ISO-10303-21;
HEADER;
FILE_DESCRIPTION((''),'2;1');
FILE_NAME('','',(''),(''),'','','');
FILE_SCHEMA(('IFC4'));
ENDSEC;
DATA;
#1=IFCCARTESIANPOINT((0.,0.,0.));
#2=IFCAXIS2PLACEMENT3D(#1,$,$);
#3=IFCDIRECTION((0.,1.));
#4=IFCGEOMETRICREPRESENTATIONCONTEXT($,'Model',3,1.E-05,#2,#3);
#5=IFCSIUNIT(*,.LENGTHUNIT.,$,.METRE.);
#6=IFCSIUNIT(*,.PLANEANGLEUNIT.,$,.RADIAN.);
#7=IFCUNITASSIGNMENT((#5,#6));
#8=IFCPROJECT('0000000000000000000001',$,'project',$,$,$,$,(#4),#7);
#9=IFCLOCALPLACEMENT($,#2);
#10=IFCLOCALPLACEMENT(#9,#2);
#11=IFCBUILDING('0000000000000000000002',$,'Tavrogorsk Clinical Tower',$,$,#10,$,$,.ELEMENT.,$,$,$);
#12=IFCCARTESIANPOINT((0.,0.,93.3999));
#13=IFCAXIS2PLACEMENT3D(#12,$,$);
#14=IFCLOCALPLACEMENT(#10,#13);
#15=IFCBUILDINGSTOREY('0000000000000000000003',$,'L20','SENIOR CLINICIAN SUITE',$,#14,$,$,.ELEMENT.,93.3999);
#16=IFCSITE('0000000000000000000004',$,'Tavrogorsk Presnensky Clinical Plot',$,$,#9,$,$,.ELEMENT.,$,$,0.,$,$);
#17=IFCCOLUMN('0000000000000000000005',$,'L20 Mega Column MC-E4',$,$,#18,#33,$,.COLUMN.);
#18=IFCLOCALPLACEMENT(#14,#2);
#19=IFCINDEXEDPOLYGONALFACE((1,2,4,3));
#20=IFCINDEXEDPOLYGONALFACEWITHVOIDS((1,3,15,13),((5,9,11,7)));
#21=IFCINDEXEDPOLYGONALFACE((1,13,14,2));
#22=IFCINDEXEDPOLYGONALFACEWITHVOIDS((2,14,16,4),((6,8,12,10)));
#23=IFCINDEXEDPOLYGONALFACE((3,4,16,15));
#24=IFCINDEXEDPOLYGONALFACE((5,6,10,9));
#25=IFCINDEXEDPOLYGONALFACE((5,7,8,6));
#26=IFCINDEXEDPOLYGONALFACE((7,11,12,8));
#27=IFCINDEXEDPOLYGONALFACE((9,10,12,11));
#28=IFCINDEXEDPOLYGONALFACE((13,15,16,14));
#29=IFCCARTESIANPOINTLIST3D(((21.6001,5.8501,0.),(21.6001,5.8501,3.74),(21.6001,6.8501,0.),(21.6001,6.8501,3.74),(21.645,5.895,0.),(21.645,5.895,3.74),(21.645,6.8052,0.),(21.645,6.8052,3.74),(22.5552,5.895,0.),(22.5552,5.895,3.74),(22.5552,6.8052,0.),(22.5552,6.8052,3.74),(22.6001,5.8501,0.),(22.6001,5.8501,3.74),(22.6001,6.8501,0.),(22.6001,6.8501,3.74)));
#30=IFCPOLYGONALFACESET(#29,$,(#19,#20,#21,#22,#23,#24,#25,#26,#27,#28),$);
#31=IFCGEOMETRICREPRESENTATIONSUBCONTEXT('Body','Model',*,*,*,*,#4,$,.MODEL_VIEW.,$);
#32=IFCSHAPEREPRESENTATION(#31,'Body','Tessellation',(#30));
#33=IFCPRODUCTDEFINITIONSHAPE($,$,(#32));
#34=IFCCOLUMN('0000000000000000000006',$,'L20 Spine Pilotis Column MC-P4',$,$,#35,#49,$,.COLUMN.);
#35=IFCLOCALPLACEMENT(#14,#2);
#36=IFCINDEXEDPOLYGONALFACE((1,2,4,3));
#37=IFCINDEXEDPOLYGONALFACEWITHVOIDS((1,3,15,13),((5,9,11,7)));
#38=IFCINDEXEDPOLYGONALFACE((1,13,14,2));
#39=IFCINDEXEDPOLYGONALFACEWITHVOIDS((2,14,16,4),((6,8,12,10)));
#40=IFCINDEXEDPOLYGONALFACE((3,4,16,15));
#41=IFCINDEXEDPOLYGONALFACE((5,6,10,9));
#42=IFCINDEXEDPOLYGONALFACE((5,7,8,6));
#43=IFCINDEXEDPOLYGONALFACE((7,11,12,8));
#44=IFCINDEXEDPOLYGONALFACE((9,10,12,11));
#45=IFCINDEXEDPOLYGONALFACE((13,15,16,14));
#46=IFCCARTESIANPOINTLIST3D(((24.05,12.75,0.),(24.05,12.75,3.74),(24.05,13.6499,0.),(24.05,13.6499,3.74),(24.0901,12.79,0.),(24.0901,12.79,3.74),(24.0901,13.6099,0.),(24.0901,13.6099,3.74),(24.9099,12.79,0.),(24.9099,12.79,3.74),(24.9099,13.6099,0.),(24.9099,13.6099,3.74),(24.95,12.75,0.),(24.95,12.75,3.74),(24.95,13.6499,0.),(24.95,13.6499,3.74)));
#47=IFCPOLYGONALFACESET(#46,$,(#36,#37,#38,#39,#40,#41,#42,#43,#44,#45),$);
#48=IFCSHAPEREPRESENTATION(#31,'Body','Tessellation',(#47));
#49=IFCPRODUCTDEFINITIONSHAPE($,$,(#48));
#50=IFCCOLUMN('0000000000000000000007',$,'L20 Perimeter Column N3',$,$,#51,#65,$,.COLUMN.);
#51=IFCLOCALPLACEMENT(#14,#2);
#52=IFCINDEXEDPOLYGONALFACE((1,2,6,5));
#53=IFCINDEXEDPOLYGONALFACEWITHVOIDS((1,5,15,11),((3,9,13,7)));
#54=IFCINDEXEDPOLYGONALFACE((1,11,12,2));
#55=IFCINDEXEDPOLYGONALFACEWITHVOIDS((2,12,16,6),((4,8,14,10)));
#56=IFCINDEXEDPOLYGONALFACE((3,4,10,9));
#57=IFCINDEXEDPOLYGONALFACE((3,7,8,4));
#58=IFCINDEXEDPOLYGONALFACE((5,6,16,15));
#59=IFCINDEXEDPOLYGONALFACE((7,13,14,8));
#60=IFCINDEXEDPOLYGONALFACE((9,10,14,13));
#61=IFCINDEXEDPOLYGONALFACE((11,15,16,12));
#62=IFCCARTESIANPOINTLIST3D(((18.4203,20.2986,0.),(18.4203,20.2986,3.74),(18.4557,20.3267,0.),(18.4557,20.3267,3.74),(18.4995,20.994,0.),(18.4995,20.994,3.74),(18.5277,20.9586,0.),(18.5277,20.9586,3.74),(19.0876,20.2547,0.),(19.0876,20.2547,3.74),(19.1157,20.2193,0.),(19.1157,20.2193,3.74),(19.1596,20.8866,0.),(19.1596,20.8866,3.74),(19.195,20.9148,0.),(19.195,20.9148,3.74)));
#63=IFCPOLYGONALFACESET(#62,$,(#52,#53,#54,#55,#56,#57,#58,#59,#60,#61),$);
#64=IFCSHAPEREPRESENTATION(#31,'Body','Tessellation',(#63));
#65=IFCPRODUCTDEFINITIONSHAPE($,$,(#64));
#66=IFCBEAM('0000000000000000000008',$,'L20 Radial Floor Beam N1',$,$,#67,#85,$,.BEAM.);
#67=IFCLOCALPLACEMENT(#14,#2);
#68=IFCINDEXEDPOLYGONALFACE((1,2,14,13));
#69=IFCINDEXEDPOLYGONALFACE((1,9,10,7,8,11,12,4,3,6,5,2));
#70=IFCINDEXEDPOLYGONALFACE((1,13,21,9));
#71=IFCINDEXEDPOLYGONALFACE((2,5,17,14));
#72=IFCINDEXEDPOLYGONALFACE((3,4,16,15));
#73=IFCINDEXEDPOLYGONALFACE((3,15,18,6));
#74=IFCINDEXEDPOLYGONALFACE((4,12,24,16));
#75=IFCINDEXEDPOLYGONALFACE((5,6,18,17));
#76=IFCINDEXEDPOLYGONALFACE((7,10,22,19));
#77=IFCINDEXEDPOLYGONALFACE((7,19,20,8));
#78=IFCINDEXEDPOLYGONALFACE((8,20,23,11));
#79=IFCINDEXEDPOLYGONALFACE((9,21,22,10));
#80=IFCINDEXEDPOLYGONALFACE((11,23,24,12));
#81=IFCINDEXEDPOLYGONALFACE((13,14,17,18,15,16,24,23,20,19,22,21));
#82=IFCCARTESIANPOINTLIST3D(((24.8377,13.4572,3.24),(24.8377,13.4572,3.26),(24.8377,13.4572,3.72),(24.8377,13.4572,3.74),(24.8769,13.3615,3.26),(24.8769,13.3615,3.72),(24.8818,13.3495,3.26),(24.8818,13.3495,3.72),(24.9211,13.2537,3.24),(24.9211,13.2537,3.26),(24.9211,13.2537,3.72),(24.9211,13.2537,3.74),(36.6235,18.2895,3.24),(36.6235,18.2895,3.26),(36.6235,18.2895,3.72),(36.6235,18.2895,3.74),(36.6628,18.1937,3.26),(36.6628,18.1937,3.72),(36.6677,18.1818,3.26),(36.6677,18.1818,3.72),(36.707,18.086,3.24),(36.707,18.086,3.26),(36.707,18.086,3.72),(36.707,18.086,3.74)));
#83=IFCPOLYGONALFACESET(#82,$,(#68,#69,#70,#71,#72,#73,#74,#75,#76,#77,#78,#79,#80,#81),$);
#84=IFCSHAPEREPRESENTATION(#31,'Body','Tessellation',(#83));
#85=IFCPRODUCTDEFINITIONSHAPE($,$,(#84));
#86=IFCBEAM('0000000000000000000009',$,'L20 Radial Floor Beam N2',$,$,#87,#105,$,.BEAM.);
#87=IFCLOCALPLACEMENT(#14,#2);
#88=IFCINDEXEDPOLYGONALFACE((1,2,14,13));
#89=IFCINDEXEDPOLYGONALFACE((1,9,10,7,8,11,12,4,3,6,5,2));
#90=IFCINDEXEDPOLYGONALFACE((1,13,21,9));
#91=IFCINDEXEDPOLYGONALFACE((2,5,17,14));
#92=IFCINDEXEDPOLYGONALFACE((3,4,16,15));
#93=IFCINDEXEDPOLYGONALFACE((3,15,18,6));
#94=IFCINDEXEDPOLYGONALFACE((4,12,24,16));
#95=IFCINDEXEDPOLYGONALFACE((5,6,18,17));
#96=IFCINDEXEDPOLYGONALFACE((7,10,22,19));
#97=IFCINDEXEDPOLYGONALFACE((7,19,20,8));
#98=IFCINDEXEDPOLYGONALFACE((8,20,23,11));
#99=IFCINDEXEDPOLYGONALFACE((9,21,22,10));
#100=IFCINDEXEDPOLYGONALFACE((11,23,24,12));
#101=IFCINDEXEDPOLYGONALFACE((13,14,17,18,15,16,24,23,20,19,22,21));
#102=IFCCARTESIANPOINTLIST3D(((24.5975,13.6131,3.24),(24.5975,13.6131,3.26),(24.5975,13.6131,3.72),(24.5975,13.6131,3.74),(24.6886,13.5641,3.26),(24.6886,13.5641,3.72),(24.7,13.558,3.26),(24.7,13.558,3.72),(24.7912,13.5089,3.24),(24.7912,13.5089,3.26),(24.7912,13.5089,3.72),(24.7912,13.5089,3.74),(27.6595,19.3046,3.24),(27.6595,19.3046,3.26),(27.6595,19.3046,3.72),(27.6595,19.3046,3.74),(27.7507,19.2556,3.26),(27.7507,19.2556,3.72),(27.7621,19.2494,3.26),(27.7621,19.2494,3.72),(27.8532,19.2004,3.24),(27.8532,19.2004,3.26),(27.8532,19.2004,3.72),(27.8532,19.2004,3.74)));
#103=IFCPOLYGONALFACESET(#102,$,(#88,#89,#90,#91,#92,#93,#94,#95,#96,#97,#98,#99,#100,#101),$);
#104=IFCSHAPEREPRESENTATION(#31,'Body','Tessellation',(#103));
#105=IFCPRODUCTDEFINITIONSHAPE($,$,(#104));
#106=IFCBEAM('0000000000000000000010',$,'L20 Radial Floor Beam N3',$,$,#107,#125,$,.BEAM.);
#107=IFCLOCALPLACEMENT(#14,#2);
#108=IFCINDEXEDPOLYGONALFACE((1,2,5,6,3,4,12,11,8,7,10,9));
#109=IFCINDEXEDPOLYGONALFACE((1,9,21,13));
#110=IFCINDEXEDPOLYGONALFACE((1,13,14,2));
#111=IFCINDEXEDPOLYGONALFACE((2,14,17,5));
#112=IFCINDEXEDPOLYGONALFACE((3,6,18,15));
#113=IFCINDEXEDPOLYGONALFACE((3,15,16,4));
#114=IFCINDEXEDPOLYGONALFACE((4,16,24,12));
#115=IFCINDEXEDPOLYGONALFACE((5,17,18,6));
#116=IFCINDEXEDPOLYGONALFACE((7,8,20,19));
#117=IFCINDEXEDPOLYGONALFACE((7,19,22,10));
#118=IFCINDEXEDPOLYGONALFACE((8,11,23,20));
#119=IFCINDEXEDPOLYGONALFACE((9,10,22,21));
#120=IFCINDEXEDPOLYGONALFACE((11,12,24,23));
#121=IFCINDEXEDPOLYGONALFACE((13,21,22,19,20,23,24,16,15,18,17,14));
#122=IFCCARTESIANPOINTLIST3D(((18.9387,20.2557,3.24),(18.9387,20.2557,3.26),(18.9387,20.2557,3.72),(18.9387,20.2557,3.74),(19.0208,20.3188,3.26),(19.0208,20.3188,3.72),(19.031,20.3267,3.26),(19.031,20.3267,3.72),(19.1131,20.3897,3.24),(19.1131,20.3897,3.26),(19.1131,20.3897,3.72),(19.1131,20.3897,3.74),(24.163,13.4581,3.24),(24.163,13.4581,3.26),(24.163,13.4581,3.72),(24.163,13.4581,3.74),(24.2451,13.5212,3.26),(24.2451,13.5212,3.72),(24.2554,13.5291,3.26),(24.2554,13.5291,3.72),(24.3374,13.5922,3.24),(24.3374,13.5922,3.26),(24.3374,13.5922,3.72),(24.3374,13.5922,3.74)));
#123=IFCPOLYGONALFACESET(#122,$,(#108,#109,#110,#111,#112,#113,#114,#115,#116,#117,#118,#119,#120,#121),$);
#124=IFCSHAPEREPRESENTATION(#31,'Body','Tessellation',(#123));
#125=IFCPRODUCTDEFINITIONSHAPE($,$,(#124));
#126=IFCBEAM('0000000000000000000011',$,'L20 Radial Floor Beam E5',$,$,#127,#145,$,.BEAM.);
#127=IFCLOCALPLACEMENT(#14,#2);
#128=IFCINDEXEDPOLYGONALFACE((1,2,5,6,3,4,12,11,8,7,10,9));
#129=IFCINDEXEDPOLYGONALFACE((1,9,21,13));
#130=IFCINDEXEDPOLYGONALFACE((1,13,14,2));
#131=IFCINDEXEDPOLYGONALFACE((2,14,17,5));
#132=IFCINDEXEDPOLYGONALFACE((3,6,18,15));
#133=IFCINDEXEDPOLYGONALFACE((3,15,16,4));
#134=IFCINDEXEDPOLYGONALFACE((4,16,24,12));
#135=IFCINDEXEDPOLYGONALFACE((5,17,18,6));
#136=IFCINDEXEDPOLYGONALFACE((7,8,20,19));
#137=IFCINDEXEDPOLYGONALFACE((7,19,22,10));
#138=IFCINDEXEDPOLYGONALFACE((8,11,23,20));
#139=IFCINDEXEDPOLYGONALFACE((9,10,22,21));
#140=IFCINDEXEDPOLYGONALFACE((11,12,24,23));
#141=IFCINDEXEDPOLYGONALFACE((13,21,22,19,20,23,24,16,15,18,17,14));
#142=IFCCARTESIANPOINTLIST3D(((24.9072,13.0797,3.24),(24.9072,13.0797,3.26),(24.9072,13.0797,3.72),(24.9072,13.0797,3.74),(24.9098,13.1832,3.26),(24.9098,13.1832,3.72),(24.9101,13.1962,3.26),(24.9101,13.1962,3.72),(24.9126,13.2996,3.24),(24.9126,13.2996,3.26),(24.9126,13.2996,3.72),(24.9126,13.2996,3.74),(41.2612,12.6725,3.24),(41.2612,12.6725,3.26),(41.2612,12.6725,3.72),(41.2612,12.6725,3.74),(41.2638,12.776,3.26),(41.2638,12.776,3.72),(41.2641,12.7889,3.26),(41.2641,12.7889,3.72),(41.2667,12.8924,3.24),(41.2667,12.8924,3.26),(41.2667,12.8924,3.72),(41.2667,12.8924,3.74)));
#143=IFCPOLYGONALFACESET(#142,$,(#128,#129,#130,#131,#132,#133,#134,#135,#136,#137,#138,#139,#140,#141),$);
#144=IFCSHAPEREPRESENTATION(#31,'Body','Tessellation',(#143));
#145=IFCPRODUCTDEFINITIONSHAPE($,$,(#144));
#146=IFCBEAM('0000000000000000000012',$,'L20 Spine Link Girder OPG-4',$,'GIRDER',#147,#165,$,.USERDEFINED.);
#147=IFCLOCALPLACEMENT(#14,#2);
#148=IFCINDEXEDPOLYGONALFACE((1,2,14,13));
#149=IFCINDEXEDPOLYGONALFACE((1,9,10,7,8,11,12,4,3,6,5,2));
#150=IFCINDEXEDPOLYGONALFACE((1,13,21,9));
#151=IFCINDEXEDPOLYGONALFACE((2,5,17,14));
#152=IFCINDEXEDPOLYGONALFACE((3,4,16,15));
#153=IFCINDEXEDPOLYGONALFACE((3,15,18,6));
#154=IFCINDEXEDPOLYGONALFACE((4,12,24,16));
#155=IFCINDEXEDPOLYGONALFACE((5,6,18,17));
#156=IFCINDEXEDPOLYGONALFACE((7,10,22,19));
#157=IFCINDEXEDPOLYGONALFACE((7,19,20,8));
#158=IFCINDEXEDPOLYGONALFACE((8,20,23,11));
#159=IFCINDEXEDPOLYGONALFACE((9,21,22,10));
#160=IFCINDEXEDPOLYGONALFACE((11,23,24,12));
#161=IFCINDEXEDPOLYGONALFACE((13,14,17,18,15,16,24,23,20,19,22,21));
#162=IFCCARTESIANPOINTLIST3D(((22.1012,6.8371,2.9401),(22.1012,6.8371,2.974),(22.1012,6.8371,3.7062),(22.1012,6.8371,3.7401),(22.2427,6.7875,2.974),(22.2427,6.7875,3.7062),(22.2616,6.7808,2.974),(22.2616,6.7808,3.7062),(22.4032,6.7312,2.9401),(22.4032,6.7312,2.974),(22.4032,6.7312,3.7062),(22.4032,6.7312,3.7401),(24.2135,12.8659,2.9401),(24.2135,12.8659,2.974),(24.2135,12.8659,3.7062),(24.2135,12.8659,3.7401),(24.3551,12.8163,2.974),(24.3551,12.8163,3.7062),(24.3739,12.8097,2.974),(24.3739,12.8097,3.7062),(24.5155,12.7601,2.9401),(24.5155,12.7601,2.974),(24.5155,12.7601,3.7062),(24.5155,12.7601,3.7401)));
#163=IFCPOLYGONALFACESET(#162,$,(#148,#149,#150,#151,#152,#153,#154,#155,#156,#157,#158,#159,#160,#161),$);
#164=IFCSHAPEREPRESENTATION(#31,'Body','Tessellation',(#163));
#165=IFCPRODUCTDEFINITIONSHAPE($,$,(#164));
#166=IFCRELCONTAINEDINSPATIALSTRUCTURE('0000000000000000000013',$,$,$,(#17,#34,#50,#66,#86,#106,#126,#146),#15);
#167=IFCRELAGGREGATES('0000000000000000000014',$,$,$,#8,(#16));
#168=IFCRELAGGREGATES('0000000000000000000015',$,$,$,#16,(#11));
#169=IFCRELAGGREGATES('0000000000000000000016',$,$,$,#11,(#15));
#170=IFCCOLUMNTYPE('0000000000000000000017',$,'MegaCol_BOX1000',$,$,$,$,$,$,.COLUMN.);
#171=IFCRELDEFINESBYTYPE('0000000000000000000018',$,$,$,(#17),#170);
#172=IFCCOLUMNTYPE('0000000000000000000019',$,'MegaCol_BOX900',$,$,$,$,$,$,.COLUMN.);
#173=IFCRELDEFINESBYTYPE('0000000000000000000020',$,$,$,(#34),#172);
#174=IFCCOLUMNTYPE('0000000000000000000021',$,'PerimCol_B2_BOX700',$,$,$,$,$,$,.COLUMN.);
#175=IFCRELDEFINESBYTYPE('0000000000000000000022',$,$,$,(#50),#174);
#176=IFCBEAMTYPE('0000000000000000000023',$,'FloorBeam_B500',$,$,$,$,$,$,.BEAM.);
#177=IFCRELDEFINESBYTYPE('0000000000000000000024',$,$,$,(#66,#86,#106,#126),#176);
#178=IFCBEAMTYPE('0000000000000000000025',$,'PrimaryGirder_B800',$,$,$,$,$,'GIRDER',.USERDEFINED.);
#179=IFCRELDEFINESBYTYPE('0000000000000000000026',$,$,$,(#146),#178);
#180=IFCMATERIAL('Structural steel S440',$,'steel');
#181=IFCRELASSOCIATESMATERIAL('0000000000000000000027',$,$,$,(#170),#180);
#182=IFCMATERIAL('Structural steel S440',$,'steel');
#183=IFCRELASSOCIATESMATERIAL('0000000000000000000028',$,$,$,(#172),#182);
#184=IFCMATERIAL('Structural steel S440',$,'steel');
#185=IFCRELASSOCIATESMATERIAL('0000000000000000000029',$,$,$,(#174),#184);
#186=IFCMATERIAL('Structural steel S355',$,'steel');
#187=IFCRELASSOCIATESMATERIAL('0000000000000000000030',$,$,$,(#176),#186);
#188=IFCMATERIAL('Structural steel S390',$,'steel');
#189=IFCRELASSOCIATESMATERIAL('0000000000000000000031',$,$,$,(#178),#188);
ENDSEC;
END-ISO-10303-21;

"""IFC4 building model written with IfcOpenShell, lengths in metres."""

from ifc_helpers import new_model, si_unit, direction, frame, origin, origin_2d, place, context, subcontext, project, spatial, hollow_rectangle, i_section, extrude, material, material_profile, profile_set, type_object, element, save


model = new_model("IFC4")

# Units and contexts
model_context = context("Model", 3, precision=1e-05, world=origin(), true_north=direction((0.0, 1.0)))
body_context = subcontext(model_context, "Body", "Model", "MODEL_VIEW")
ifc_project = project(units=[si_unit("LENGTHUNIT", "METRE"), si_unit("PLANEANGLEUNIT", "RADIAN")], contexts=[model_context])

# Site, building, storey
site_placement = place(None, origin())
site = spatial("IfcSite", under=ifc_project, at=site_placement, Name="Tavrogorsk Presnensky Clinical Plot", CompositionType="ELEMENT", RefElevation=0.0)
building_placement = place(site_placement, origin())
building = spatial("IfcBuilding", under=site, at=building_placement, Name="Tavrogorsk Clinical Tower", CompositionType="ELEMENT")
storey_placement = place(building_placement, frame((0.0, 0.0, 93.3999)))
storey = spatial("IfcBuildingStorey", under=building, at=storey_placement, Name="L20", Description="SENIOR CLINICIAN SUITE", CompositionType="ELEMENT", Elevation=93.3999)

# Columns
ifc_material_1 = material(Name="Structural steel S440", Category="steel")
ifc_material_profile_1 = material_profile(ifc_material_1, hollow_rectangle(XDim=1.0, YDim=1.0, WallThickness=0.0449, at=origin_2d()), Name="BOX-1000x1000x45")
ifc_profile_set_1 = profile_set([ifc_material_profile_1], Name="Structural steel S440")
column_type_1 = type_object("IfcColumnType", Name="MegaCol_BOX1000", PredefinedType="COLUMN", material=ifc_profile_set_1)
column_1_placement = place(storey_placement, frame((22.1001, 6.3501, 0.0), z_axis=(0.0, 0.0, 1.0), x_axis=(1.0, 0.0, 0.0)))
element("IfcColumn", 1, at=column_1_placement, inside=storey, type_object=column_type_1, Name="L20 Mega Column MC-E4", PredefinedType="COLUMN", context=body_context, shape_type="SweptSolid", body=[
    extrude(hollow_rectangle(XDim=1.0, YDim=1.0, WallThickness=0.0449, at=origin_2d()), origin(), (0.0, 0.0, 1.0), 3.74),
])
ifc_material_2 = material(Name="Structural steel S440", Category="steel")
ifc_material_profile_2 = material_profile(ifc_material_2, hollow_rectangle(XDim=0.8999, YDim=0.8999, WallThickness=0.04, at=origin_2d()), Name="BOX-900x900x40")
ifc_profile_set_2 = profile_set([ifc_material_profile_2], Name="Structural steel S440")
column_type_2 = type_object("IfcColumnType", Name="MegaCol_BOX900", PredefinedType="COLUMN", material=ifc_profile_set_2)
column_2_placement = place(storey_placement, frame((24.5, 13.2, 0.0), z_axis=(0.0, 0.0, 1.0), x_axis=(1.0, 0.0, 0.0)))
element("IfcColumn", 2, at=column_2_placement, inside=storey, type_object=column_type_2, Name="L20 Spine Pilotis Column MC-P4", PredefinedType="COLUMN", context=body_context, shape_type="SweptSolid", body=[
    extrude(hollow_rectangle(XDim=0.8999, YDim=0.8999, WallThickness=0.04, at=origin_2d()), origin(), (0.0, 0.0, 1.0), 3.74),
])
ifc_material_3 = material(Name="Structural steel S440", Category="steel")
ifc_material_profile_3 = material_profile(ifc_material_3, hollow_rectangle(XDim=0.7, YDim=0.7, WallThickness=0.032, at=origin_2d()), Name="BOX-700x700x32")
ifc_profile_set_3 = profile_set([ifc_material_profile_3], Name="Structural steel S440")
column_type_3 = type_object("IfcColumnType", Name="PerimCol_B2_BOX700", PredefinedType="COLUMN", material=ifc_profile_set_3)
column_3_placement = place(storey_placement, frame((18.8076, 20.6067, 0.0), z_axis=(0.0, 0.0, 1.0), x_axis=(0.993572, -0.113203, 0.0)))
element("IfcColumn", 3, at=column_3_placement, inside=storey, type_object=column_type_3, Name="L20 Perimeter Column N3", PredefinedType="COLUMN", context=body_context, shape_type="SweptSolid", body=[
    extrude(hollow_rectangle(XDim=0.7, YDim=0.7, WallThickness=0.032, at=origin_2d()), origin(), (0.0, 0.0, 1.0), 3.74),
])

# Beams
ifc_material_4 = material(Name="Structural steel S355", Category="steel")
ifc_material_profile_4 = material_profile(ifc_material_4, i_section(OverallWidth=0.22, OverallDepth=0.5, WebThickness=0.0129, FlangeThickness=0.02, at=origin_2d()), Name="B-500x220x13x20")
ifc_profile_set_4 = profile_set([ifc_material_profile_4], Name="Structural steel S355")
beam_type_1 = type_object("IfcBeamType", Name="FloorBeam_B500", PredefinedType="BEAM", material=ifc_profile_set_4)
beam_1_placement = place(storey_placement, frame((24.8794, 13.3555, 3.49), z_axis=(0.92525, 0.379357, 0.0), x_axis=(-0.379357, 0.92525, 0.0)))
element("IfcBeam", 4, at=beam_1_placement, inside=storey, type_object=beam_type_1, Name="L20 Radial Floor Beam N1", PredefinedType="BEAM", context=body_context, shape_type="SweptSolid", body=[
    extrude(i_section(OverallWidth=0.22, OverallDepth=0.5, WebThickness=0.0129, FlangeThickness=0.02, at=origin_2d()), origin(), (0.0, 0.0, 1.0), 12.738),
])
beam_2_placement = place(storey_placement, frame((24.6943, 13.561, 3.49), z_axis=(0.473789, 0.880638, 0.0), x_axis=(-0.880638, 0.473789, 0.0)))
element("IfcBeam", 5, at=beam_2_placement, inside=storey, type_object=beam_type_1, Name="L20 Radial Floor Beam N2", PredefinedType="BEAM", context=body_context, shape_type="SweptSolid", body=[
    extrude(i_section(OverallWidth=0.22, OverallDepth=0.5, WebThickness=0.0129, FlangeThickness=0.02, at=origin_2d()), origin(), (0.0, 0.0, 1.0), 6.4629),
])
beam_3_placement = place(storey_placement, frame((24.2502, 13.5251, 3.49), z_axis=(-0.609376, 0.792881, 0.0), x_axis=(-0.792881, -0.609376, 0.0)))
element("IfcBeam", 6, at=beam_3_placement, inside=storey, type_object=beam_type_1, Name="L20 Radial Floor Beam N3", PredefinedType="BEAM", context=body_context, shape_type="SweptSolid", body=[
    extrude(i_section(OverallWidth=0.22, OverallDepth=0.5, WebThickness=0.0129, FlangeThickness=0.02, at=origin_2d()), origin(), (0.0, 0.0, 1.0), 8.5732),
])
beam_4_placement = place(storey_placement, frame((24.9099, 13.1897, 3.49), z_axis=(0.99969, -0.024893, 0.0), x_axis=(0.024893, 0.99969, 0.0)))
element("IfcBeam", 7, at=beam_4_placement, inside=storey, type_object=beam_type_1, Name="L20 Radial Floor Beam E5", PredefinedType="BEAM", context=body_context, shape_type="SweptSolid", body=[
    extrude(i_section(OverallWidth=0.22, OverallDepth=0.5, WebThickness=0.0129, FlangeThickness=0.02, at=origin_2d()), origin(), (0.0, 0.0, 1.0), 16.3591),
])
ifc_material_5 = material(Name="Structural steel S390", Category="steel")
ifc_material_profile_5 = material_profile(ifc_material_5, i_section(OverallWidth=0.3201, OverallDepth=0.8, WebThickness=0.02, FlangeThickness=0.0339, at=origin_2d()), Name="B-800x320x20x34")
ifc_profile_set_5 = profile_set([ifc_material_profile_5], Name="Structural steel S390")
beam_type_2 = type_object("IfcBeamType", Name="PrimaryGirder_B800", ElementType="GIRDER", PredefinedType="USERDEFINED", material=ifc_profile_set_5)
beam_5_placement = place(storey_placement, frame((24.3645, 12.813, 3.3401), z_axis=(-0.33066, -0.94375, 0.0), x_axis=(0.94375, -0.33066, 0.0)))
element("IfcBeam", 8, at=beam_5_placement, inside=storey, type_object=beam_type_2, Name="L20 Spine Link Girder OPG-4", ObjectType="GIRDER", PredefinedType="USERDEFINED", context=body_context, shape_type="SweptSolid", body=[
    extrude(i_section(OverallWidth=0.3201, OverallDepth=0.8, WebThickness=0.02, FlangeThickness=0.0339, at=origin_2d()), origin(), (0.0, 0.0, 1.0), 6.3882),
])

save(model, "model.ifc")
